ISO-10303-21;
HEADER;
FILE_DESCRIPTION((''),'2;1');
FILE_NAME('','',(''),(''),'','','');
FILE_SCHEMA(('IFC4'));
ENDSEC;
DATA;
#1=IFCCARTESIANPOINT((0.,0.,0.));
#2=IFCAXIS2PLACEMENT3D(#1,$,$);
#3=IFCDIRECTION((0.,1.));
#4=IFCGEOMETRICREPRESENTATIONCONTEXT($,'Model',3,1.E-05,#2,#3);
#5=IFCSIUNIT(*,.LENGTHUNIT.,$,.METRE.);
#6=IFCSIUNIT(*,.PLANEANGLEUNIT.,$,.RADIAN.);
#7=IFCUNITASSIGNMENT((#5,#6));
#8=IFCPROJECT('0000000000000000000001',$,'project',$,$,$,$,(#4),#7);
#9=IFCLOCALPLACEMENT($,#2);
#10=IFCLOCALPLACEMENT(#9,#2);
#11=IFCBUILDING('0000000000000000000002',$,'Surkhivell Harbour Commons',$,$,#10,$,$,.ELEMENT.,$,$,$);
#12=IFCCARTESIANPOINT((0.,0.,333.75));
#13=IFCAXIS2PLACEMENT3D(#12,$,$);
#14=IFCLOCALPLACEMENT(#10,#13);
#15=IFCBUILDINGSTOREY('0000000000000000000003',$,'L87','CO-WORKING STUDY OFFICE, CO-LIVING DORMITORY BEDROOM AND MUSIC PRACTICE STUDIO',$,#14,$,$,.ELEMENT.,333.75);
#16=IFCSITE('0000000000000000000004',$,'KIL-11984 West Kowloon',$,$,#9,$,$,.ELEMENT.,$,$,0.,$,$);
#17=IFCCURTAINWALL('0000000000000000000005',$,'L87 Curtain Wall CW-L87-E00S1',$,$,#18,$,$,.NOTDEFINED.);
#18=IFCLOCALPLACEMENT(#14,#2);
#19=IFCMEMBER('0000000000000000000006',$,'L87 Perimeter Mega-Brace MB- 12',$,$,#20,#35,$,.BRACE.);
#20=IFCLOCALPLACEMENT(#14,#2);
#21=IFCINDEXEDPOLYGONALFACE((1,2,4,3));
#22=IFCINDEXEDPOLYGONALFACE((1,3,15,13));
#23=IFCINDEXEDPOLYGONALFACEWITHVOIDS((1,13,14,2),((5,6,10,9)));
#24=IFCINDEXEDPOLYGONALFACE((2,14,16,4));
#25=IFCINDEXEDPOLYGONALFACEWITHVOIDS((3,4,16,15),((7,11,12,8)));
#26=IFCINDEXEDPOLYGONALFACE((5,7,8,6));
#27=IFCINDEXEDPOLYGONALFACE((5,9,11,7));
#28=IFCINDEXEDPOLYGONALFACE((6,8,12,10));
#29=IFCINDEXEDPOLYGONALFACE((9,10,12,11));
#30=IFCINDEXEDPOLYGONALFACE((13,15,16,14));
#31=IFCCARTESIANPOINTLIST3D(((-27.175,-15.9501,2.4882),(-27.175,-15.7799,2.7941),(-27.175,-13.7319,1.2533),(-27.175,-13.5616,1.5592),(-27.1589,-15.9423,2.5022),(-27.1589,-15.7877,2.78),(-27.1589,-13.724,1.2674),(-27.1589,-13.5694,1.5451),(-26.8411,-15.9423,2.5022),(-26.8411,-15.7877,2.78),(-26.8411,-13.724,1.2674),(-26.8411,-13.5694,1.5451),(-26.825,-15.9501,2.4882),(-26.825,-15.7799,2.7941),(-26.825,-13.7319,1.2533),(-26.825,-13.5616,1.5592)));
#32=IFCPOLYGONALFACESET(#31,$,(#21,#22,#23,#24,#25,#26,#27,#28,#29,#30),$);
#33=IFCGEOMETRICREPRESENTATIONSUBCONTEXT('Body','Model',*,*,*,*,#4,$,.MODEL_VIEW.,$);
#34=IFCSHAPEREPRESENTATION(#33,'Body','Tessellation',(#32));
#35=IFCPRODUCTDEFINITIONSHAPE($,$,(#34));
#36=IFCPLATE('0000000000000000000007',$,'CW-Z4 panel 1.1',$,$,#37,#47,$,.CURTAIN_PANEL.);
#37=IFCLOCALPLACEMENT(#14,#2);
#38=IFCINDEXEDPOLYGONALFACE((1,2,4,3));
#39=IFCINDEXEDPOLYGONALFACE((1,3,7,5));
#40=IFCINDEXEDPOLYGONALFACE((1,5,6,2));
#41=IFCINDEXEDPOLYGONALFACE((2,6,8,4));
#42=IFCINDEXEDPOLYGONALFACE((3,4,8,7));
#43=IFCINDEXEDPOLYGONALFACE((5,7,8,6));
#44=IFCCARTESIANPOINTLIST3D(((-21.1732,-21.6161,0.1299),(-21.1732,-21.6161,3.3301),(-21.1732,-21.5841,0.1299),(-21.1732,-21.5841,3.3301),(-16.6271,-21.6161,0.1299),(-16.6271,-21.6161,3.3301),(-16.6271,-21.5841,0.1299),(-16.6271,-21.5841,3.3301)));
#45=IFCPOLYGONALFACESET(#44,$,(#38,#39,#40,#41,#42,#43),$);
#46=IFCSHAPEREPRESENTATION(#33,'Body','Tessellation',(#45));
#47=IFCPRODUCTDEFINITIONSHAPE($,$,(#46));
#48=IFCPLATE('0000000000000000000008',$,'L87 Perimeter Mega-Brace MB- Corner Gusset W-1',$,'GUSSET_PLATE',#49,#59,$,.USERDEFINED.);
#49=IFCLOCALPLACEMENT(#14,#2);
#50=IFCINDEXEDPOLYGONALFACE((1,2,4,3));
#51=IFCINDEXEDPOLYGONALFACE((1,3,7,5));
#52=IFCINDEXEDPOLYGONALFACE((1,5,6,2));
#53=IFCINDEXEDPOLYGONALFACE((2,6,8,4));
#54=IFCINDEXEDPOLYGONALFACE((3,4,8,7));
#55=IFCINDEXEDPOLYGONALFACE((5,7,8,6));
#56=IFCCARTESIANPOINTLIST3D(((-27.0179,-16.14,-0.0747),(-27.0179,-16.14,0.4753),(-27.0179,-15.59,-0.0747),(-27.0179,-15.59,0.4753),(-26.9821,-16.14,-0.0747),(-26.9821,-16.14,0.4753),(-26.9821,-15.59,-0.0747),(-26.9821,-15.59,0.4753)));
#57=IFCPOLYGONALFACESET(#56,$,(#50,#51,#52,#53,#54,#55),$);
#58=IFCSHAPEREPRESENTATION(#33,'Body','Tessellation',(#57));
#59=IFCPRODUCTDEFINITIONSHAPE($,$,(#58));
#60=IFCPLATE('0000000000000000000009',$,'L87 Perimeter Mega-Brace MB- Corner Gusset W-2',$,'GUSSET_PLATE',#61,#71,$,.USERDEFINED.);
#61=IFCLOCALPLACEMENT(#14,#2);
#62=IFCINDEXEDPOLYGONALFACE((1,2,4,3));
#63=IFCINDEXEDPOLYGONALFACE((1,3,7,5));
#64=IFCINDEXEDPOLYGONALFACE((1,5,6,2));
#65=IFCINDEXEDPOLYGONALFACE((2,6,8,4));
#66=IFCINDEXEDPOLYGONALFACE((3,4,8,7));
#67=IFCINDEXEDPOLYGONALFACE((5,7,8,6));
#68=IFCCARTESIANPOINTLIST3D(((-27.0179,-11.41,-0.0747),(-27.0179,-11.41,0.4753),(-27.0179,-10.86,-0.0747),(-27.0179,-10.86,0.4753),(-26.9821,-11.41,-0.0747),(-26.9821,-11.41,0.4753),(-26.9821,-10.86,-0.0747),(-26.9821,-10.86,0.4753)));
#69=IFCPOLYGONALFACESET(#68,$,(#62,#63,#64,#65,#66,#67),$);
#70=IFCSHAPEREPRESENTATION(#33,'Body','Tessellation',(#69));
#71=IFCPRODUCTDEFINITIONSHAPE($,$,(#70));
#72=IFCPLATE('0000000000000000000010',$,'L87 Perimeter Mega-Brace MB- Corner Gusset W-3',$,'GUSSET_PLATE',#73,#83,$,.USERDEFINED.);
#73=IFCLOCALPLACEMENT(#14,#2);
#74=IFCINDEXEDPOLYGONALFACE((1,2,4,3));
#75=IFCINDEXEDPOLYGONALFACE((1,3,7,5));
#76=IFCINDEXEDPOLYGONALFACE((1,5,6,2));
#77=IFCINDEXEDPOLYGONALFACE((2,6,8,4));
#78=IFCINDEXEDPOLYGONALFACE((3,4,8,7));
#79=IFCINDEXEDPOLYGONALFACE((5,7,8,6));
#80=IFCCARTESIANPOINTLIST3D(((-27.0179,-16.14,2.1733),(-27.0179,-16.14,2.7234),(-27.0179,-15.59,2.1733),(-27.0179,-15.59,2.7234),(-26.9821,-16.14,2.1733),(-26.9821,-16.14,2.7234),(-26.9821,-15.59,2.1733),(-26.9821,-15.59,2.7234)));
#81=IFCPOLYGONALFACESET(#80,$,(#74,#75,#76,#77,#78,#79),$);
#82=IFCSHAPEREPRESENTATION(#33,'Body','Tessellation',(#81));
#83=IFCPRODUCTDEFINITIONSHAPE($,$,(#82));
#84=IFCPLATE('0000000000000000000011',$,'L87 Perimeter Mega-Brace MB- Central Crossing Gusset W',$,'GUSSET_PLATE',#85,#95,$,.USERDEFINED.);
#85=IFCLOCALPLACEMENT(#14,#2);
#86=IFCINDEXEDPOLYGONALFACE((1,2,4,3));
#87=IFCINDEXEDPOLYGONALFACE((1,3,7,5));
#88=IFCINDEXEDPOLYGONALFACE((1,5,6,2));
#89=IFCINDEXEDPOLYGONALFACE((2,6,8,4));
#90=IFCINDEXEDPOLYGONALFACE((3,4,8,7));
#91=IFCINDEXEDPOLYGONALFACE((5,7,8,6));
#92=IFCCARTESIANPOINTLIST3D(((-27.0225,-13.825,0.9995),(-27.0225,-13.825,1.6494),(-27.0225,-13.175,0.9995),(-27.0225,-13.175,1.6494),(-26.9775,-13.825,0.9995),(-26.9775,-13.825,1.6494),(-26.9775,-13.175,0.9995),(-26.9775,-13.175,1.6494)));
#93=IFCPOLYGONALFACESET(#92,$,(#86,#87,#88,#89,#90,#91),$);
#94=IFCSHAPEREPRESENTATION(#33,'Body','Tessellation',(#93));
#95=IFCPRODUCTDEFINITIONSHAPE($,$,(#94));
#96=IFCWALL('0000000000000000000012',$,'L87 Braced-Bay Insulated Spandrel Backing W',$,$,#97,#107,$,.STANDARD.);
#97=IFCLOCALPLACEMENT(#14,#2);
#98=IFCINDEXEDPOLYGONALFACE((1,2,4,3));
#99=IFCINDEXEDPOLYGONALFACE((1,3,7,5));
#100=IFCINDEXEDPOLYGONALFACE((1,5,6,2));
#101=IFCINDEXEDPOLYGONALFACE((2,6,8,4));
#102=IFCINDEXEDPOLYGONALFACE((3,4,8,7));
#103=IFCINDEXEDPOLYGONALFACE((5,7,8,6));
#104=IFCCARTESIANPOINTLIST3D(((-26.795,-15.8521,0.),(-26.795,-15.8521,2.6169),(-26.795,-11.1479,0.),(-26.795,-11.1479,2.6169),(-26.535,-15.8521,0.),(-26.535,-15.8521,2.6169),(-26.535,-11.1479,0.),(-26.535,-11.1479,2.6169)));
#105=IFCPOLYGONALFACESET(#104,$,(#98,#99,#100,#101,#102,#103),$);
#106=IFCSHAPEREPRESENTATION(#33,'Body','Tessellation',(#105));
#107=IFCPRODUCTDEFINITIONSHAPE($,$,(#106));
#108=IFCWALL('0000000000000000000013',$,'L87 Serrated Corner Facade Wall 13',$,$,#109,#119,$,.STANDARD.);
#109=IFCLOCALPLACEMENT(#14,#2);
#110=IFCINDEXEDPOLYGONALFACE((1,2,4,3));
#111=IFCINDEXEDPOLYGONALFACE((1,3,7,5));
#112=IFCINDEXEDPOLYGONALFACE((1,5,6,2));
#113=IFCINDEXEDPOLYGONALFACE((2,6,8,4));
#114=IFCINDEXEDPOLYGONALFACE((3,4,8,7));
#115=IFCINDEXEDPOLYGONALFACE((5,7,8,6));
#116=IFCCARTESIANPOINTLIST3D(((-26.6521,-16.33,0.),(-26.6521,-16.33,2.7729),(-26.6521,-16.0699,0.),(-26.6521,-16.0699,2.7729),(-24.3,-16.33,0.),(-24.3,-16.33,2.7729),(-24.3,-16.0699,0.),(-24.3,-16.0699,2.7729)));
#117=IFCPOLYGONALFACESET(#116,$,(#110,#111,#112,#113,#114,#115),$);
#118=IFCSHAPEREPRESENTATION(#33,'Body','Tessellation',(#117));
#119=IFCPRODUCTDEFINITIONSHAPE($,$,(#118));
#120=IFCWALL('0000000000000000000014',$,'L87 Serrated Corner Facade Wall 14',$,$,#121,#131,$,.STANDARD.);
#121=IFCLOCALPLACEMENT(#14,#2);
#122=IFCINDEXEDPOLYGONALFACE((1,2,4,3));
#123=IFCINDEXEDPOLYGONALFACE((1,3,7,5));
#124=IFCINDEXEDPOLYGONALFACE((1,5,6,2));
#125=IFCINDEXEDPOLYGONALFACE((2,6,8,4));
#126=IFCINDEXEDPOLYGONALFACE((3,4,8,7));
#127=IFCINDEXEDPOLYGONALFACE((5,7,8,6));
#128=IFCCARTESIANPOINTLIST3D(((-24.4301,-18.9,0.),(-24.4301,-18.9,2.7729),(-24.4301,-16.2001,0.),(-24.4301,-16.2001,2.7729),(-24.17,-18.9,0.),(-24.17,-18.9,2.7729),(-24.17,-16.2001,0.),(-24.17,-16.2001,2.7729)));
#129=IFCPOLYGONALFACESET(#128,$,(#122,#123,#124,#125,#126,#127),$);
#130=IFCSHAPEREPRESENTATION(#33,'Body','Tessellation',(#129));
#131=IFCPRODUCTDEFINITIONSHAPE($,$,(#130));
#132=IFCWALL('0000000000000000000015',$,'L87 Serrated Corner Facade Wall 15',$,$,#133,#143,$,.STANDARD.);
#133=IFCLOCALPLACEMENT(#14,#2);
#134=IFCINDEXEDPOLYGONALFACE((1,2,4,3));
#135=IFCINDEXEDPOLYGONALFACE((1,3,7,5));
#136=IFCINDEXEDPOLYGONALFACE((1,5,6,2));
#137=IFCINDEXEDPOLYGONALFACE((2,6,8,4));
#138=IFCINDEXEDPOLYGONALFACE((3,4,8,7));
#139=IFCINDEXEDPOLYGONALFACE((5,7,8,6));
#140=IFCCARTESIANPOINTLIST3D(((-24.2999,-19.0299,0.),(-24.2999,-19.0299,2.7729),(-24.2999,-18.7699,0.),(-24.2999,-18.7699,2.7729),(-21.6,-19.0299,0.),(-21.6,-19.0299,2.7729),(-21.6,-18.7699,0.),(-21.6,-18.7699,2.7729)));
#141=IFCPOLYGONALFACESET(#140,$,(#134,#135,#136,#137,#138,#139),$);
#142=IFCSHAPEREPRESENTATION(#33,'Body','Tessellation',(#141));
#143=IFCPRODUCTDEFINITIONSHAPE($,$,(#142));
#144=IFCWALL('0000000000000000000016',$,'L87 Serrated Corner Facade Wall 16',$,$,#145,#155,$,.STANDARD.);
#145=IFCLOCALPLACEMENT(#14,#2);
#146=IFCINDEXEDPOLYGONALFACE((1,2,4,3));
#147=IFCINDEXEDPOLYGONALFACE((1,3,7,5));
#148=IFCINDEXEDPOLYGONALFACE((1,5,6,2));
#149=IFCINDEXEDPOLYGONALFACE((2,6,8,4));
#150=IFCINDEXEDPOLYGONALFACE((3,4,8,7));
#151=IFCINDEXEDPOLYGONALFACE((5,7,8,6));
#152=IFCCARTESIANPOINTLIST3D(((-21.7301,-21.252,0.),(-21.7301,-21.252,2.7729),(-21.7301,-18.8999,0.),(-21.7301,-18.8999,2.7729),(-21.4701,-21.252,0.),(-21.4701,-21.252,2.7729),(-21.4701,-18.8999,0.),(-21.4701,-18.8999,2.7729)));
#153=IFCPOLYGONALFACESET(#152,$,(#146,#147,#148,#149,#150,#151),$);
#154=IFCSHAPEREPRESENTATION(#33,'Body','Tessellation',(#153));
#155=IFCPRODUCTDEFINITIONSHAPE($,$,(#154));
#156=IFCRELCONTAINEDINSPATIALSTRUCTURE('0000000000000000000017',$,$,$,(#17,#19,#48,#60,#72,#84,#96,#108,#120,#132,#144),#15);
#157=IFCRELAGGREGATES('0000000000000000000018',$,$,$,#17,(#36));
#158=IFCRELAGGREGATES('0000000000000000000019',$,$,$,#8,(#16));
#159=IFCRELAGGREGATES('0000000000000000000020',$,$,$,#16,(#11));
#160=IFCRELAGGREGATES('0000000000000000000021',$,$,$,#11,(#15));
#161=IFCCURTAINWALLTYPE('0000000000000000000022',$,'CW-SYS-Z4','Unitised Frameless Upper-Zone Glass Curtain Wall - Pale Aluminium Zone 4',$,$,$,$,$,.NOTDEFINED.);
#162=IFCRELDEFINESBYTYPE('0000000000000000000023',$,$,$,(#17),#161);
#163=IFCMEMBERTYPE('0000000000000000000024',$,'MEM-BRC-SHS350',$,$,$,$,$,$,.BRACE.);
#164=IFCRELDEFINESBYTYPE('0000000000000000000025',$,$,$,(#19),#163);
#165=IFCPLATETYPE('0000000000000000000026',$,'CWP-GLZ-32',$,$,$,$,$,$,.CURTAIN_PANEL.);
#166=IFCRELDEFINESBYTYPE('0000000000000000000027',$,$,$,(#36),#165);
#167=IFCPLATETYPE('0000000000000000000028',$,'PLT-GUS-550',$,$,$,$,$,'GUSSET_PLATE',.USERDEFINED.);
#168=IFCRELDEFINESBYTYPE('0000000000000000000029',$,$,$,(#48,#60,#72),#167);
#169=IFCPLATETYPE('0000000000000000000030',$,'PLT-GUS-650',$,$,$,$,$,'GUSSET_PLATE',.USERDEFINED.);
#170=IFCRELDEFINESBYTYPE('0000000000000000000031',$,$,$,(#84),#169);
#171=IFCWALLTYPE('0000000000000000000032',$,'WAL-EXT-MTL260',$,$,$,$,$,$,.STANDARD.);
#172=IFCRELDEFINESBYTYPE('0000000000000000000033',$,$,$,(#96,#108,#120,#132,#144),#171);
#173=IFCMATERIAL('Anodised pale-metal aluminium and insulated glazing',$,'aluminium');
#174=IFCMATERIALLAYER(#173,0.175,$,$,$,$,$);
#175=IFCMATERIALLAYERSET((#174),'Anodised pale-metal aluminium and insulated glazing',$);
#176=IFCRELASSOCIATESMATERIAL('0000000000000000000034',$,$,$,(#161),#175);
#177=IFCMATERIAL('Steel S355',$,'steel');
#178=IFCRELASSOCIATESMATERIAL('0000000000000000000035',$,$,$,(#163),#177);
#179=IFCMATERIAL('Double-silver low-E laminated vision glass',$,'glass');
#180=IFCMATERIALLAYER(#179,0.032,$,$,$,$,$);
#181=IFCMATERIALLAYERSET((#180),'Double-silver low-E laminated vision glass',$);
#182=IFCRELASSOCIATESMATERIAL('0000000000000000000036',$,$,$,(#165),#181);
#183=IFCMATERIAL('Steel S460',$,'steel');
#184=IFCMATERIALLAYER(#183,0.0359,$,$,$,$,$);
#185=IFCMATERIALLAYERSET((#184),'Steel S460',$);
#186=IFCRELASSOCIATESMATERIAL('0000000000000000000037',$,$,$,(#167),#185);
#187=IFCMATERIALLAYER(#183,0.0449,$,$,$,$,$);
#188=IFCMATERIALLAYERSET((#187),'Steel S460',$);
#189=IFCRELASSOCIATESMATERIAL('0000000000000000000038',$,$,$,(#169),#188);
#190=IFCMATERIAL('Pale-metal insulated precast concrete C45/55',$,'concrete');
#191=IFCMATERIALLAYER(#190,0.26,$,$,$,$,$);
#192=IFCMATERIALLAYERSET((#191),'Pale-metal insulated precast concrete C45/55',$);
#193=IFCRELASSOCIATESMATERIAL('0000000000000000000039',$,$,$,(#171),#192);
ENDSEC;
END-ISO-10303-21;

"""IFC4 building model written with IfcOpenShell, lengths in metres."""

from ifc_helpers import new_model, si_unit, direction, frame, frame_2d, origin, origin_2d, place, context, subcontext, project, spatial, rectangle, hollow_rectangle, extrude, material, layer, layer_set, material_profile, profile_set, type_object, element, aggregate, save


model = new_model("IFC4")

# Units and contexts
model_context = context("Model", 3, precision=1e-05, world=origin(), true_north=direction((0.0, 1.0)))
body_context = subcontext(model_context, "Body", "Model", "MODEL_VIEW")
ifc_project = project(units=[si_unit("LENGTHUNIT", "METRE"), si_unit("PLANEANGLEUNIT", "RADIAN")], contexts=[model_context])

# Site, building, storey
site_placement = place(None, origin())
site = spatial("IfcSite", under=ifc_project, at=site_placement, Name="KIL-11984 West Kowloon", CompositionType="ELEMENT", RefElevation=0.0)
building_placement = place(site_placement, origin())
building = spatial("IfcBuilding", under=site, at=building_placement, Name="Surkhivell Harbour Commons", CompositionType="ELEMENT")
storey_placement = place(building_placement, frame((0.0, 0.0, 333.75)))
storey = spatial("IfcBuildingStorey", under=building, at=storey_placement, Name="L87", Description="CO-WORKING STUDY OFFICE, CO-LIVING DORMITORY BEDROOM AND MUSIC PRACTICE STUDIO", CompositionType="ELEMENT", Elevation=333.75)

# Shared definitions
ifc_material_1 = material(Name="Steel S355", Category="steel")

# Curtain wall
ifc_material_2 = material(Name="Anodised pale-metal aluminium and insulated glazing", Category="aluminium")
ifc_layer_1 = layer(ifc_material_2, 0.175)
ifc_layer_set_1 = layer_set([ifc_layer_1], Name="Anodised pale-metal aluminium and insulated glazing")
curtain_wall_type = type_object("IfcCurtainWallType", Name="CW-SYS-Z4", Description="Unitised Frameless Upper-Zone Glass Curtain Wall - Pale Aluminium Zone 4", PredefinedType="NOTDEFINED", material=ifc_layer_set_1)
curtain_wall_placement = place(storey_placement, origin())
curtain_wall = element("IfcCurtainWall", 1, at=curtain_wall_placement, inside=storey, type_object=curtain_wall_type, Name="L87 Curtain Wall CW-L87-E00S1", PredefinedType="NOTDEFINED")

# Member
ifc_material_profile_1 = material_profile(ifc_material_1, hollow_rectangle(XDim=0.3501, YDim=0.3501, WallThickness=0.0161, at=origin_2d()), Name="SHS350x350x16")
ifc_profile_set_1 = profile_set([ifc_material_profile_1], Name="Steel S355")
member_type_1 = type_object("IfcMemberType", Name="MEM-BRC-SHS350", PredefinedType="BRACE", material=ifc_profile_set_1)
member_1_placement = place(storey_placement, frame((-27.0, -13.6467, 1.4062), z_axis=(0.0, -0.87374, 0.486394), x_axis=(1.0, 0.0, 0.0)))
element("IfcMember", 2, at=member_1_placement, inside=storey, type_object=member_type_1, Name="L87 Perimeter Mega-Brace MB- 12", PredefinedType="BRACE", context=body_context, shape_type="SweptSolid", body=[
    extrude(hollow_rectangle(XDim=0.3501, YDim=0.3501, WallThickness=0.0161, at=origin_2d()), origin(), (0.0, 0.0, 1.0), 2.5388),
])

# Plate
ifc_material_3 = material(Name="Double-silver low-E laminated vision glass", Category="glass")
ifc_layer_2 = layer(ifc_material_3, 0.032)
ifc_layer_set_2 = layer_set([ifc_layer_2], Name="Double-silver low-E laminated vision glass")
plate_type_1 = type_object("IfcPlateType", Name="CWP-GLZ-32", PredefinedType="CURTAIN_PANEL", material=ifc_layer_set_2)
plate_1_placement = place(storey_placement, frame((-21.1731, -21.6001, 0.1299), z_axis=(0.0, 0.0, 1.0), x_axis=(1.0, 0.0, 0.0)))
plate_1 = element("IfcPlate", 3, at=plate_1_placement, type_object=plate_type_1, Name="CW-Z4 panel 1.1", PredefinedType="CURTAIN_PANEL", context=body_context, shape_type="SweptSolid", body=[
    extrude(rectangle(XDim=4.5461, YDim=0.032, at=frame_2d((2.2729, 0.0))), origin(), (0.0, 0.0, 1.0), 3.2002),
])
aggregate(curtain_wall, [plate_1])

# Plates
ifc_material_4 = material(Name="Steel S460", Category="steel")
ifc_layer_3 = layer(ifc_material_4, 0.0359)
ifc_layer_set_3 = layer_set([ifc_layer_3], Name="Steel S460")
plate_type_2 = type_object("IfcPlateType", Name="PLT-GUS-550", ElementType="GUSSET_PLATE", PredefinedType="USERDEFINED", material=ifc_layer_set_3)
for number, where, z_axis, x_axis, name in (
    (4, (-27.0, -15.865, -0.0747), (0.0, 0.0, 1.0), (0.0, 1.0, 0.0), "L87 Perimeter Mega-Brace MB- Corner Gusset W-1"),
    (5, (-27.0, -11.135, -0.0747), (0.0, 0.0, 1.0), (0.0, 1.0, 0.0), "L87 Perimeter Mega-Brace MB- Corner Gusset W-2"),
    (6, (-27.0, -15.865, 2.1733), (0.0, 0.0, 1.0), (0.0, 1.0, 0.0), "L87 Perimeter Mega-Brace MB- Corner Gusset W-3"),
):
    element("IfcPlate", number, at=place(storey_placement, frame(where, z_axis=z_axis, x_axis=x_axis)), inside=storey, type_object=plate_type_2, Name=name, ObjectType="GUSSET_PLATE", PredefinedType="USERDEFINED", context=body_context, shape_type="SweptSolid", body=[
        extrude(rectangle(XDim=0.55, YDim=0.0359, at=origin_2d()), origin(), (0.0, 0.0, 1.0), 0.55),
    ])
ifc_layer_4 = layer(ifc_material_4, 0.0449)
ifc_layer_set_4 = layer_set([ifc_layer_4], Name="Steel S460")
plate_type_3 = type_object("IfcPlateType", Name="PLT-GUS-650", ElementType="GUSSET_PLATE", PredefinedType="USERDEFINED", material=ifc_layer_set_4)
plate_2_placement = place(storey_placement, frame((-27.0, -13.5, 0.9995), z_axis=(0.0, 0.0, 1.0), x_axis=(0.0, 1.0, 0.0)))
element("IfcPlate", 7, at=plate_2_placement, inside=storey, type_object=plate_type_3, Name="L87 Perimeter Mega-Brace MB- Central Crossing Gusset W", ObjectType="GUSSET_PLATE", PredefinedType="USERDEFINED", context=body_context, shape_type="SweptSolid", body=[
    extrude(rectangle(XDim=0.6499, YDim=0.0449, at=origin_2d()), origin(), (0.0, 0.0, 1.0), 0.6499),
])

# Walls
ifc_material_5 = material(Name="Pale-metal insulated precast concrete C45/55", Category="concrete")
ifc_layer_5 = layer(ifc_material_5, 0.26)
ifc_layer_set_5 = layer_set([ifc_layer_5], Name="Pale-metal insulated precast concrete C45/55")
wall_type = type_object("IfcWallType", Name="WAL-EXT-MTL260", PredefinedType="STANDARD", material=ifc_layer_set_5)
wall_1_placement = place(storey_placement, frame((-26.665, -11.1479, 0.0), z_axis=(0.0, 0.0, 1.0), x_axis=(0.0, -1.0, 0.0)))
element("IfcWall", 8, at=wall_1_placement, inside=storey, type_object=wall_type, Name="L87 Braced-Bay Insulated Spandrel Backing W", PredefinedType="STANDARD", context=body_context, shape_type="SweptSolid", body=[
    extrude(rectangle(XDim=4.7041, YDim=0.26, at=frame_2d((2.3521, 0.0))), origin(), (0.0, 0.0, 1.0), 2.6169),
])
wall_2_placement = place(storey_placement, frame((-26.6521, -16.2, 0.0), z_axis=(0.0, 0.0, 1.0), x_axis=(1.0, 0.0, 0.0)))
element("IfcWall", 9, at=wall_2_placement, inside=storey, type_object=wall_type, Name="L87 Serrated Corner Facade Wall 13", PredefinedType="STANDARD", context=body_context, shape_type="SweptSolid", body=[
    extrude(rectangle(XDim=2.3521, YDim=0.26, at=frame_2d((1.176, 0.0))), origin(), (0.0, 0.0, 1.0), 2.7729),
])
for number, where, z_axis, x_axis, name in (
    (10, (-24.3, -16.2, 0.0), (0.0, 0.0, 1.0), (0.0, -1.0, 0.0), "L87 Serrated Corner Facade Wall 14"),
    (11, (-24.3, -18.8999, 0.0), (0.0, 0.0, 1.0), (1.0, 0.0, 0.0), "L87 Serrated Corner Facade Wall 15"),
):
    element("IfcWall", number, at=place(storey_placement, frame(where, z_axis=z_axis, x_axis=x_axis)), inside=storey, type_object=wall_type, Name=name, PredefinedType="STANDARD", context=body_context, shape_type="SweptSolid", body=[
        extrude(rectangle(XDim=2.7, YDim=0.26, at=frame_2d((1.3501, 0.0))), origin(), (0.0, 0.0, 1.0), 2.7729),
    ])
wall_3_placement = place(storey_placement, frame((-21.6001, -18.8999, 0.0), z_axis=(0.0, 0.0, 1.0), x_axis=(0.0, -1.0, 0.0)))
element("IfcWall", 12, at=wall_3_placement, inside=storey, type_object=wall_type, Name="L87 Serrated Corner Facade Wall 16", PredefinedType="STANDARD", context=body_context, shape_type="SweptSolid", body=[
    extrude(rectangle(XDim=2.3521, YDim=0.26, at=frame_2d((1.176, 0.0))), origin(), (0.0, 0.0, 1.0), 2.7729),
])

save(model, "model.ifc")
